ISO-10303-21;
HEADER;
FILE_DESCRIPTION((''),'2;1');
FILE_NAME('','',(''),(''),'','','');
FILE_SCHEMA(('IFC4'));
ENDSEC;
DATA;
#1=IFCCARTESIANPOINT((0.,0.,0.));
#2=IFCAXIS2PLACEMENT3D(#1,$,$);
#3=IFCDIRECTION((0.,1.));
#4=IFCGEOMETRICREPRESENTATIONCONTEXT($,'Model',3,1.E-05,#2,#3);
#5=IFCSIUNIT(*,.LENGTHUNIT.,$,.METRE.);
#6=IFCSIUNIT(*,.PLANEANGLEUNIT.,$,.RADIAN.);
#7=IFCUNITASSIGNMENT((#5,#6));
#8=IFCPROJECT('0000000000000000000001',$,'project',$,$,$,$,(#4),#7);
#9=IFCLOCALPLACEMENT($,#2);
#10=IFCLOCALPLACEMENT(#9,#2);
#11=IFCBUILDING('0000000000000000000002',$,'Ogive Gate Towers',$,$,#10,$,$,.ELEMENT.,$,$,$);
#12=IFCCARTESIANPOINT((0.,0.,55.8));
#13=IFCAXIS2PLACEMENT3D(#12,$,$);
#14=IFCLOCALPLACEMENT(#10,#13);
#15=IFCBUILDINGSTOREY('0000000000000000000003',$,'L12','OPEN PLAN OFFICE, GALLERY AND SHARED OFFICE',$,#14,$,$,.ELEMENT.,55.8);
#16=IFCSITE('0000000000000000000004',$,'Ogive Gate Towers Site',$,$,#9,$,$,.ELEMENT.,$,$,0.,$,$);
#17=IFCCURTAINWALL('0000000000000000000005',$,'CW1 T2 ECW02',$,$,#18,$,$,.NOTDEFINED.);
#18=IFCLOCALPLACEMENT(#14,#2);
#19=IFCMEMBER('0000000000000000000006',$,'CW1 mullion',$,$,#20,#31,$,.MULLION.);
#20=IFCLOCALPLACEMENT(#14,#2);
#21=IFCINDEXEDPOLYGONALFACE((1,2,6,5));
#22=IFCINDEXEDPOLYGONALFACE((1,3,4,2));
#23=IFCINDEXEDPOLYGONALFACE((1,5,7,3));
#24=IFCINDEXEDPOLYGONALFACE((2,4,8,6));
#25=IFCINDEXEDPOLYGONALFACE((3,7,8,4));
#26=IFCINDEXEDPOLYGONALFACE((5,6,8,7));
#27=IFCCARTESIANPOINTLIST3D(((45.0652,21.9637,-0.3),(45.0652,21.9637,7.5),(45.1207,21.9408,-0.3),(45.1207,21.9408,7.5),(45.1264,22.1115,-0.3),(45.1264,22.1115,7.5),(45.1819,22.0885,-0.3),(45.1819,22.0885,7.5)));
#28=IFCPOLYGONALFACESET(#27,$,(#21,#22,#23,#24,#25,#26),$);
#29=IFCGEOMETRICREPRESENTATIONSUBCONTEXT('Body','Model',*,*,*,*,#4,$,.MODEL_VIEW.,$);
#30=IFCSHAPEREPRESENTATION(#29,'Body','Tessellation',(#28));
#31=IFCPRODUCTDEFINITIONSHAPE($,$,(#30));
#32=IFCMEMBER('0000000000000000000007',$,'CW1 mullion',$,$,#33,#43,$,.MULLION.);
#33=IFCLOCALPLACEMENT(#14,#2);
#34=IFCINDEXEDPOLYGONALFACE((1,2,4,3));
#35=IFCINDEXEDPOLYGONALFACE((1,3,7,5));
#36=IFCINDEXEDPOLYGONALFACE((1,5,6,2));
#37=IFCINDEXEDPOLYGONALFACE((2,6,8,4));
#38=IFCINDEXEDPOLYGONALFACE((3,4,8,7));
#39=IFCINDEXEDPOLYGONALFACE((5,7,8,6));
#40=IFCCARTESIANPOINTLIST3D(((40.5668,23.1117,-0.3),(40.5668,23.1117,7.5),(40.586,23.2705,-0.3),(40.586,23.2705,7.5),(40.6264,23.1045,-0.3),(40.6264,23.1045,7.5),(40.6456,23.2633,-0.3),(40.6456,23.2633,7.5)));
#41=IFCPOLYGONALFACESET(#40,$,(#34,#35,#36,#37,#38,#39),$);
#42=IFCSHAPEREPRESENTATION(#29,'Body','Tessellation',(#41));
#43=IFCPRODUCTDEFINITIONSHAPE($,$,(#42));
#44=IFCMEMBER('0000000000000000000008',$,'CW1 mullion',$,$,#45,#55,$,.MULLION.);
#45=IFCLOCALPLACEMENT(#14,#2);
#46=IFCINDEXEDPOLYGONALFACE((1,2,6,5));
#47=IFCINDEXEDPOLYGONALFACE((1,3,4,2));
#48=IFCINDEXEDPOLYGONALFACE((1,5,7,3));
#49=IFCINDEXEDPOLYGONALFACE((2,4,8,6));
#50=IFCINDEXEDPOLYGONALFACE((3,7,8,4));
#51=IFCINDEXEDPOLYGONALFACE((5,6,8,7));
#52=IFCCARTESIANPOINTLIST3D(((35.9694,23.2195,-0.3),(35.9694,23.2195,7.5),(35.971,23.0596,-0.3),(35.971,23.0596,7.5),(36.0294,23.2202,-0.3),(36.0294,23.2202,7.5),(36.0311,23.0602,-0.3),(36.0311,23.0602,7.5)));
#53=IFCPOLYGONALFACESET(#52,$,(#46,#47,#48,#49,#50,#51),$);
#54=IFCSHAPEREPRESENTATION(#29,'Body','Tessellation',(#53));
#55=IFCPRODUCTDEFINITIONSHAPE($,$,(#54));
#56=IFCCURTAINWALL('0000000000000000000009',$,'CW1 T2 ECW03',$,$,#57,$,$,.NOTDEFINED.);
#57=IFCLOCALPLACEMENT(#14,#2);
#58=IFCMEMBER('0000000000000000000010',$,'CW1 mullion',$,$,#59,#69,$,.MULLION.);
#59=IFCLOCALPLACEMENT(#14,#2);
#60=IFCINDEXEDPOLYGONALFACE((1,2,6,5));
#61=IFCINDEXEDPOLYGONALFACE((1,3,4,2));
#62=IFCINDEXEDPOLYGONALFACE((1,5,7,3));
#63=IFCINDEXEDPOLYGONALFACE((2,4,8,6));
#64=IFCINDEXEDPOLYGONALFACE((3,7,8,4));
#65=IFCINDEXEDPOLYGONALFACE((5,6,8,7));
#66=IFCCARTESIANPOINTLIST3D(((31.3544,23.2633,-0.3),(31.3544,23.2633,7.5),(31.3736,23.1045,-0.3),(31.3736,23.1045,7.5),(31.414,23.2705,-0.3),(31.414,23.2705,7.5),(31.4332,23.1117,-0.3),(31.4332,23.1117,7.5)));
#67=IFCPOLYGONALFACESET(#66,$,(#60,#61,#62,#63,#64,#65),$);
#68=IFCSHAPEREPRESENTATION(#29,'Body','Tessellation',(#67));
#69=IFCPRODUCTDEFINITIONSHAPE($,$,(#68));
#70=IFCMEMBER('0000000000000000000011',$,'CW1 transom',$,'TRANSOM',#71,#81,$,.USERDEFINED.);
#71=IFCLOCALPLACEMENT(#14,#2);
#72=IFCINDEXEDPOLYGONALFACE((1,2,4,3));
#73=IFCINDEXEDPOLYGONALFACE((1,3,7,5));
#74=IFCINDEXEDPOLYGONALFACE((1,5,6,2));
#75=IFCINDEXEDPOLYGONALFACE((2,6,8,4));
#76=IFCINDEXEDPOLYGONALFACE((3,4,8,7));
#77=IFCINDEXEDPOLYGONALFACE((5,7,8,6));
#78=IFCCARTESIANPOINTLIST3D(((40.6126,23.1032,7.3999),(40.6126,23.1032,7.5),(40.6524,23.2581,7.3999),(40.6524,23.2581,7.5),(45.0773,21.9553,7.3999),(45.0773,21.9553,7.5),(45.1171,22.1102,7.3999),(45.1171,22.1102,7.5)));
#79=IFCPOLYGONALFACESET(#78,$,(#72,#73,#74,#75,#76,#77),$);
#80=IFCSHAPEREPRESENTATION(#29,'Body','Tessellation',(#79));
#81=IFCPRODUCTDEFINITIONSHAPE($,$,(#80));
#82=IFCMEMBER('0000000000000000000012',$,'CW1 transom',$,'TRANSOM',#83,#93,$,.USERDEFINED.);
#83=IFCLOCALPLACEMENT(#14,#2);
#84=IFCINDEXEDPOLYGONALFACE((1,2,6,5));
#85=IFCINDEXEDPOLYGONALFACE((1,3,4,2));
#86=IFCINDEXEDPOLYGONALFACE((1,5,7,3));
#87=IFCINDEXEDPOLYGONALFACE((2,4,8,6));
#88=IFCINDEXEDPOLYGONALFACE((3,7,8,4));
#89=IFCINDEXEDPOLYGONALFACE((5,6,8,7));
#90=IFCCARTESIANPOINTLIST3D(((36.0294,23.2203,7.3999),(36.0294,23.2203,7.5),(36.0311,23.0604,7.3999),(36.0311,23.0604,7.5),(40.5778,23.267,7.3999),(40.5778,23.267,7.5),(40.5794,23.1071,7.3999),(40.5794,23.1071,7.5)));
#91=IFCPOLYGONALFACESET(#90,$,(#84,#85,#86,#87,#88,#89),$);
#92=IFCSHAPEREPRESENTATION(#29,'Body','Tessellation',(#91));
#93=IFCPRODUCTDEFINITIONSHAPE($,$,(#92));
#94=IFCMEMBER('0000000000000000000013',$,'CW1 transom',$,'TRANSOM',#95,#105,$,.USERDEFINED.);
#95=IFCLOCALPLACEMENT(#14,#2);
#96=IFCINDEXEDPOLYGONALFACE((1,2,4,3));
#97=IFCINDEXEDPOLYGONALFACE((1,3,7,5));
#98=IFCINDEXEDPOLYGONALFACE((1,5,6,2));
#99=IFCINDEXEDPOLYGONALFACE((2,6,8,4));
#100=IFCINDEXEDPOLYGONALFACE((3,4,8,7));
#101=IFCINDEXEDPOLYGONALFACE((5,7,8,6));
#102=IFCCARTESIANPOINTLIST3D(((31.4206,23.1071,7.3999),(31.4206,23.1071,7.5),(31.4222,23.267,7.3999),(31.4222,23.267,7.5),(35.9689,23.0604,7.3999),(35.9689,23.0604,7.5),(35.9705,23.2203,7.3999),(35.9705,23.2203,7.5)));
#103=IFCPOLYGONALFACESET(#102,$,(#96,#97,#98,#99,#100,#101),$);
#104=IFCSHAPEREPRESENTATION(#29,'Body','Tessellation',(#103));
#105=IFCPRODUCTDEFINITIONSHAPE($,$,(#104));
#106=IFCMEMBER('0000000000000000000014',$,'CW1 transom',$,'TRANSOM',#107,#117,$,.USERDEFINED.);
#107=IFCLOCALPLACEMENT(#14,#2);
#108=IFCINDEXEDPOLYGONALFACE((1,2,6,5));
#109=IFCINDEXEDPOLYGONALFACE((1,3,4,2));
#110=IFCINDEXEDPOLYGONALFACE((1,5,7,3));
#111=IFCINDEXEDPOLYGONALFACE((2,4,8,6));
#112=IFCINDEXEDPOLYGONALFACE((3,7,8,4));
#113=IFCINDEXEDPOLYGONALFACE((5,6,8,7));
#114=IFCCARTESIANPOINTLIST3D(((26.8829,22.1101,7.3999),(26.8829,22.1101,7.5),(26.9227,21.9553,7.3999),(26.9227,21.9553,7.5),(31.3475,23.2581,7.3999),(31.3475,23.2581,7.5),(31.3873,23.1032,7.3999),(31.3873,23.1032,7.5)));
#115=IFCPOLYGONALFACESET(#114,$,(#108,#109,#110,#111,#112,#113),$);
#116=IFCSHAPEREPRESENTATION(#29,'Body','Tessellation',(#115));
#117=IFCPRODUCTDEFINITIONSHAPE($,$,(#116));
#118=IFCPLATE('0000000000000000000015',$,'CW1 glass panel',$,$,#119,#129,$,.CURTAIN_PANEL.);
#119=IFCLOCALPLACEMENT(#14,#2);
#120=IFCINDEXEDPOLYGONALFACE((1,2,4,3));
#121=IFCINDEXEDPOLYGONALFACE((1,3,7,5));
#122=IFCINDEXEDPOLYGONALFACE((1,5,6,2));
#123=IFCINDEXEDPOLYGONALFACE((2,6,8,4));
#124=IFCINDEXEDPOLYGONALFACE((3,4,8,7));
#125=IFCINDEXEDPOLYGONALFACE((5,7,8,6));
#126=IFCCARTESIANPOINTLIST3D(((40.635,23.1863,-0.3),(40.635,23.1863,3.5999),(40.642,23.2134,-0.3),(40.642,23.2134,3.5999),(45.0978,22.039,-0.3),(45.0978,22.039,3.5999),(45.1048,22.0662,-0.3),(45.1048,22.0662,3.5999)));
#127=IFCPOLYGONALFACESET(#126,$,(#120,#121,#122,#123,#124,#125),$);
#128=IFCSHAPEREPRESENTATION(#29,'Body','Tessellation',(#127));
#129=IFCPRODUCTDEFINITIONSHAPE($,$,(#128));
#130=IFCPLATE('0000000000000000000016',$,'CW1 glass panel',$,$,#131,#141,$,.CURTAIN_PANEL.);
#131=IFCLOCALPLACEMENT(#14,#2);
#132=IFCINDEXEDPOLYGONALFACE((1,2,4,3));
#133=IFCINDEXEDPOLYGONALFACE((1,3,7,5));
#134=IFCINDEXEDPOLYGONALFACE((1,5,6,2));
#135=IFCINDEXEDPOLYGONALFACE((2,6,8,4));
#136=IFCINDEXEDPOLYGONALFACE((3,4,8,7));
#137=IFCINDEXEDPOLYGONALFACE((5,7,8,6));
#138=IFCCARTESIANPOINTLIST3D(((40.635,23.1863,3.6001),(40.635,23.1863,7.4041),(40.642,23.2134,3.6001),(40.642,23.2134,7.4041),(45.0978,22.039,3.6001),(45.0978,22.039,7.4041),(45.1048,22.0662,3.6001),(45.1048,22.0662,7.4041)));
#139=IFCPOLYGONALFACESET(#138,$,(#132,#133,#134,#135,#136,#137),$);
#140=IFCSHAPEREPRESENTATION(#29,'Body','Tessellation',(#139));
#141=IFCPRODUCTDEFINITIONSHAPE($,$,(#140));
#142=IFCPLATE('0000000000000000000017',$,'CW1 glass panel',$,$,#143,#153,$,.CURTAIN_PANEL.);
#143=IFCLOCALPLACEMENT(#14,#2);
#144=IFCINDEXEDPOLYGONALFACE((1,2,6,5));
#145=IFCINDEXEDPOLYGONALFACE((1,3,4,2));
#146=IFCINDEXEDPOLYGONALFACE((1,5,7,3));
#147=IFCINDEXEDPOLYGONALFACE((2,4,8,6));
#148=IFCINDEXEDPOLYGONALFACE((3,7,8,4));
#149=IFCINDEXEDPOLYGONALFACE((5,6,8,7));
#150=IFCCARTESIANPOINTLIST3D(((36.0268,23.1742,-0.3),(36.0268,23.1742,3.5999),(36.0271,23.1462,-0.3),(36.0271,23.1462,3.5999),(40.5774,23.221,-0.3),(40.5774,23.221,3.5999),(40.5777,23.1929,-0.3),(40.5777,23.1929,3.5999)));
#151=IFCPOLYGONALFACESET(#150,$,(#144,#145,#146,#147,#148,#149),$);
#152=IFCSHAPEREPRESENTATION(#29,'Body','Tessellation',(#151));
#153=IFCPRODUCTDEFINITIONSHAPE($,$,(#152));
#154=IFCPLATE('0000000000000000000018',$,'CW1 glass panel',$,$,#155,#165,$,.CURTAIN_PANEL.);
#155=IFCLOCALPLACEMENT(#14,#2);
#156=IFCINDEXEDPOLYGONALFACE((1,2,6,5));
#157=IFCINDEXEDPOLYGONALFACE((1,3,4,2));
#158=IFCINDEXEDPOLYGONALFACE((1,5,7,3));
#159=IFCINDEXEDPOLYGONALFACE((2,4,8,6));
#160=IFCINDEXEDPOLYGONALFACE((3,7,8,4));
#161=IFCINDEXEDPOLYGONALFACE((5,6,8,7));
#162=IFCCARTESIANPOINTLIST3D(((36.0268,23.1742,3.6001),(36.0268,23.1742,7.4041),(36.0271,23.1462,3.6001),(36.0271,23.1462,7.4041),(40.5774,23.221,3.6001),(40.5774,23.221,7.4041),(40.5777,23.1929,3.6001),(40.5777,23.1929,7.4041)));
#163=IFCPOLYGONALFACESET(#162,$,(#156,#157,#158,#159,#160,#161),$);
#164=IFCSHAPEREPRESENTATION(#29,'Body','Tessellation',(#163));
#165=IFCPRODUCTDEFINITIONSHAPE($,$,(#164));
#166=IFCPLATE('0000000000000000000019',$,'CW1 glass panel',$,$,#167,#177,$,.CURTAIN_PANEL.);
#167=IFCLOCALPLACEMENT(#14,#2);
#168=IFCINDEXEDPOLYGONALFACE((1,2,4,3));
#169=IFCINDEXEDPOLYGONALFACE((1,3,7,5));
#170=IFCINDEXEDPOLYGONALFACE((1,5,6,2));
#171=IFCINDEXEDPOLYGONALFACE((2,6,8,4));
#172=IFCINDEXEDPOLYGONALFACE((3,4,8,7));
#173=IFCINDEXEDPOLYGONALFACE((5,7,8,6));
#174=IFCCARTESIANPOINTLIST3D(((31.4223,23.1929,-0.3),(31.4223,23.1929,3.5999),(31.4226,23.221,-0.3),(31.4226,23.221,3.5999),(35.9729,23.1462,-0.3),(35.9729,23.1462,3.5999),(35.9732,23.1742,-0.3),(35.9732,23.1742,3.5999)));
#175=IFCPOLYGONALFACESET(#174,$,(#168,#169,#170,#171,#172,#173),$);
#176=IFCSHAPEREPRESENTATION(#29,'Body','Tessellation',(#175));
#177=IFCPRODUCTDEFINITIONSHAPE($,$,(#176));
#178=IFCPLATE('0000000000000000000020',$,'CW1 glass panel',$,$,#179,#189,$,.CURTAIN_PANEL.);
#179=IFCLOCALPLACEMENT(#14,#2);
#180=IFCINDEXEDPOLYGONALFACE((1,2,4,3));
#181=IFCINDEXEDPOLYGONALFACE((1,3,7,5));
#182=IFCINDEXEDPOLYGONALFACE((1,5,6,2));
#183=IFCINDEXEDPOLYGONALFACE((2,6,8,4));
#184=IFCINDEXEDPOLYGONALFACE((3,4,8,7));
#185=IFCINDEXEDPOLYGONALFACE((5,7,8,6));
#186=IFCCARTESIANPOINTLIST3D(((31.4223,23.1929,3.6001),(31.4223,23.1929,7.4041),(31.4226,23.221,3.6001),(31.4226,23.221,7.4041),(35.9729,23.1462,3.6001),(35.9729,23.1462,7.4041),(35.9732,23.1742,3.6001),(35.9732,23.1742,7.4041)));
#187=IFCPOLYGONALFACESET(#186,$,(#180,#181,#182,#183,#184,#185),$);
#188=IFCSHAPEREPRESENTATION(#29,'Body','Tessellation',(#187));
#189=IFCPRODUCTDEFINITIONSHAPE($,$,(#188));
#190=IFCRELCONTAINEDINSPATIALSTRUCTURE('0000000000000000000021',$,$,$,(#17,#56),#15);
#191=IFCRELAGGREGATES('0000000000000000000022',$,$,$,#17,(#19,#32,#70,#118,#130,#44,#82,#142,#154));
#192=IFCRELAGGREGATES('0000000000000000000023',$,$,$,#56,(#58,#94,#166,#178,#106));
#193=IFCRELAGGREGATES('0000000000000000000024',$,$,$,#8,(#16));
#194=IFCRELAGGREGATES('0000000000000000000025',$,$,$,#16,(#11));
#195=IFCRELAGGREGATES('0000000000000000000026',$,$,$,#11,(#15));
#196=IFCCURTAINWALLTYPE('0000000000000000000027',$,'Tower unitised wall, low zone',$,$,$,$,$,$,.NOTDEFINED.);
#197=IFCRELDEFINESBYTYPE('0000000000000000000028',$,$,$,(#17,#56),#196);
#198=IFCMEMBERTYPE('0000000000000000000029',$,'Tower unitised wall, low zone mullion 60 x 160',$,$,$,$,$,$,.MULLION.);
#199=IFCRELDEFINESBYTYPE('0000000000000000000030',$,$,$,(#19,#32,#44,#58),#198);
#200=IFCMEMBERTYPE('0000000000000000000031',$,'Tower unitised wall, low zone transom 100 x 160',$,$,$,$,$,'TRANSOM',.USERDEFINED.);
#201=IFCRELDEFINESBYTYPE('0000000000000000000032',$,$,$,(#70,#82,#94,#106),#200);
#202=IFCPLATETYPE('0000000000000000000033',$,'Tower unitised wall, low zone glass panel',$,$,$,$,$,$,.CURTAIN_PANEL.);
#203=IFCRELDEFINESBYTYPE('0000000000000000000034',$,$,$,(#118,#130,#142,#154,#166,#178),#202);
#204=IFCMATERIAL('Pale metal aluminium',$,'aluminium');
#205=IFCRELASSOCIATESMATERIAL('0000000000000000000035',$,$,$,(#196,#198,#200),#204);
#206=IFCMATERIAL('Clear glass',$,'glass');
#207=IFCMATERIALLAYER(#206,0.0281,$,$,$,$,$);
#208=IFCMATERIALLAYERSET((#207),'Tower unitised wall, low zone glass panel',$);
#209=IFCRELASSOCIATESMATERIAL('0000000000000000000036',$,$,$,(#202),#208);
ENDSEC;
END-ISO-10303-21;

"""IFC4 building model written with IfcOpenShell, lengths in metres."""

from ifc_helpers import new_model, si_unit, direction, frame, origin, origin_2d, place, context, subcontext, project, spatial, rectangle, extrude, material, layer, layer_set, material_profile, profile_set, type_object, element, aggregate, save


model = new_model("IFC4")

# Units and contexts
model_context = context("Model", 3, precision=1e-05, world=origin(), true_north=direction((0.0, 1.0)))
body_context = subcontext(model_context, "Body", "Model", "MODEL_VIEW")
ifc_project = project(units=[si_unit("LENGTHUNIT", "METRE"), si_unit("PLANEANGLEUNIT", "RADIAN")], contexts=[model_context])

# Site, building, storey
site_placement = place(None, origin())
site = spatial("IfcSite", under=ifc_project, at=site_placement, Name="Ogive Gate Towers Site", CompositionType="ELEMENT", RefElevation=0.0)
building_placement = place(site_placement, origin())
building = spatial("IfcBuilding", under=site, at=building_placement, Name="Ogive Gate Towers", CompositionType="ELEMENT")
storey_placement = place(building_placement, frame((0.0, 0.0, 55.8)))
storey = spatial("IfcBuildingStorey", under=building, at=storey_placement, Name="L12", Description="OPEN PLAN OFFICE, GALLERY AND SHARED OFFICE", CompositionType="ELEMENT", Elevation=55.8)

# Curtain wall, members
ifc_material_1 = material(Name="Pale metal aluminium", Category="aluminium")
curtain_wall_type = type_object("IfcCurtainWallType", Name="Tower unitised wall, low zone", PredefinedType="NOTDEFINED", material=ifc_material_1)
curtain_wall_1_placement = place(storey_placement, origin())
curtain_wall_1 = element("IfcCurtainWall", 1, at=curtain_wall_1_placement, inside=storey, type_object=curtain_wall_type, Name="CW1 T2 ECW02", PredefinedType="NOTDEFINED")
ifc_material_profile_1 = material_profile(ifc_material_1, rectangle(XDim=0.1599, YDim=0.0601, at=origin_2d()), Name="60 x 160 aluminium box")
ifc_profile_set_1 = profile_set([ifc_material_profile_1], Name="Pale metal aluminium")
member_type_1 = type_object("IfcMemberType", Name="Tower unitised wall, low zone mullion 60 x 160", PredefinedType="MULLION", material=ifc_profile_set_1)
member_1_placement = place(storey_placement, frame((45.1235, 22.0261, -0.3), z_axis=(0.0, 0.0, 1.0), x_axis=(0.382683, 0.92388, 0.0)))
member_1 = element("IfcMember", 2, at=member_1_placement, type_object=member_type_1, Name="CW1 mullion", PredefinedType="MULLION", context=body_context, shape_type="SweptSolid", body=[
    extrude(rectangle(XDim=0.1599, YDim=0.0601, at=origin_2d()), origin(), (0.0, 0.0, 1.0), 7.8),
])
member_2_placement = place(storey_placement, frame((40.6062, 23.1875, -0.3), z_axis=(0.0, 0.0, 1.0), x_axis=(0.120379, 0.992728, 0.0)))
member_2 = element("IfcMember", 3, at=member_2_placement, type_object=member_type_1, Name="CW1 mullion", PredefinedType="MULLION", context=body_context, shape_type="SweptSolid", body=[
    extrude(rectangle(XDim=0.1599, YDim=0.0601, at=origin_2d()), origin(), (0.0, 0.0, 1.0), 7.8),
])
member_3_placement = place(storey_placement, frame((36.0002, 23.1399, -0.3), z_axis=(0.0, 0.0, 1.0), x_axis=(-0.01028, 0.999947, 0.0)))
member_3 = element("IfcMember", 4, at=member_3_placement, type_object=member_type_1, Name="CW1 mullion", PredefinedType="MULLION", context=body_context, shape_type="SweptSolid", body=[
    extrude(rectangle(XDim=0.1599, YDim=0.0601, at=origin_2d()), origin(), (0.0, 0.0, 1.0), 7.8),
])

# Curtain wall, member
curtain_wall_2_placement = place(storey_placement, origin())
curtain_wall_2 = element("IfcCurtainWall", 5, at=curtain_wall_2_placement, inside=storey, type_object=curtain_wall_type, Name="CW1 T2 ECW03", PredefinedType="NOTDEFINED")
member_4_placement = place(storey_placement, frame((31.3938, 23.1875, -0.3), z_axis=(0.0, 0.0, 1.0), x_axis=(-0.120379, 0.992728, 0.0)))
member_4 = element("IfcMember", 6, at=member_4_placement, type_object=member_type_1, Name="CW1 mullion", PredefinedType="MULLION", context=body_context, shape_type="SweptSolid", body=[
    extrude(rectangle(XDim=0.1599, YDim=0.0601, at=origin_2d()), origin(), (0.0, 0.0, 1.0), 7.8),
])

# Members
ifc_material_profile_2 = material_profile(ifc_material_1, rectangle(XDim=0.1599, YDim=0.1001, at=origin_2d()), Name="100 x 160 aluminium box")
ifc_profile_set_2 = profile_set([ifc_material_profile_2], Name="Pale metal aluminium")
member_type_2 = type_object("IfcMemberType", Name="Tower unitised wall, low zone transom 100 x 160", ElementType="TRANSOM", PredefinedType="USERDEFINED", material=ifc_profile_set_2)
member_5_placement = place(storey_placement, frame((45.0972, 22.0327, 7.45), z_axis=(-0.968498, 0.249023, 0.0), x_axis=(-0.249023, -0.968498, 0.0)))
member_5 = element("IfcMember", 7, at=member_5_placement, type_object=member_type_2, Name="CW1 transom", ObjectType="TRANSOM", PredefinedType="USERDEFINED", context=body_context, shape_type="SweptSolid", body=[
    extrude(rectangle(XDim=0.1599, YDim=0.1001, at=origin_2d()), origin(), (0.0, 0.0, 1.0), 4.6099),
])
member_6_placement = place(storey_placement, frame((40.5786, 23.187, 7.45), z_axis=(-0.999947, -0.010252, 0.0), x_axis=(0.010252, -0.999947, 0.0)))
member_6 = element("IfcMember", 8, at=member_6_placement, type_object=member_type_2, Name="CW1 transom", ObjectType="TRANSOM", PredefinedType="USERDEFINED", context=body_context, shape_type="SweptSolid", body=[
    extrude(rectangle(XDim=0.1599, YDim=0.1001, at=origin_2d()), origin(), (0.0, 0.0, 1.0), 4.5486),
])
member_7_placement = place(storey_placement, frame((35.9697, 23.1404, 7.45), z_axis=(-0.999947, 0.010252, 0.0), x_axis=(-0.010252, -0.999947, 0.0)))
member_7 = element("IfcMember", 9, at=member_7_placement, type_object=member_type_2, Name="CW1 transom", ObjectType="TRANSOM", PredefinedType="USERDEFINED", context=body_context, shape_type="SweptSolid", body=[
    extrude(rectangle(XDim=0.1599, YDim=0.1001, at=origin_2d()), origin(), (0.0, 0.0, 1.0), 4.5486),
])
member_8_placement = place(storey_placement, frame((31.3674, 23.1807, 7.45), z_axis=(-0.968498, -0.249023, 0.0), x_axis=(0.249023, -0.968498, 0.0)))
member_8 = element("IfcMember", 10, at=member_8_placement, type_object=member_type_2, Name="CW1 transom", ObjectType="TRANSOM", PredefinedType="USERDEFINED", context=body_context, shape_type="SweptSolid", body=[
    extrude(rectangle(XDim=0.1599, YDim=0.1001, at=origin_2d()), origin(), (0.0, 0.0, 1.0), 4.6099),
])

# Plates
ifc_material_2 = material(Name="Clear glass", Category="glass")
ifc_layer_1 = layer(ifc_material_2, 0.0281)
ifc_layer_set_1 = layer_set([ifc_layer_1], Name="Tower unitised wall, low zone glass panel")
plate_type = type_object("IfcPlateType", Name="Tower unitised wall, low zone glass panel", PredefinedType="CURTAIN_PANEL", material=ifc_layer_set_1)
plate_1_placement = place(storey_placement, frame((42.8699, 22.6262, -0.3), z_axis=(0.0, 0.0, 1.0), x_axis=(-0.968509, 0.248977, 0.0)))
plate_1 = element("IfcPlate", 11, at=plate_1_placement, type_object=plate_type, Name="CW1 glass panel", PredefinedType="CURTAIN_PANEL", context=body_context, shape_type="SweptSolid", body=[
    extrude(rectangle(XDim=4.6079, YDim=0.0281, at=origin_2d()), origin(), (0.0, 0.0, 1.0), 3.8999),
])
plate_2_placement = place(storey_placement, frame((42.8699, 22.6262, 3.6001), z_axis=(0.0, 0.0, 1.0), x_axis=(-0.968509, 0.248977, 0.0)))
plate_2 = element("IfcPlate", 12, at=plate_2_placement, type_object=plate_type, Name="CW1 glass panel", PredefinedType="CURTAIN_PANEL", context=body_context, shape_type="SweptSolid", body=[
    extrude(rectangle(XDim=4.6079, YDim=0.0281, at=origin_2d()), origin(), (0.0, 0.0, 1.0), 3.804),
])
plate_3_placement = place(storey_placement, frame((38.3022, 23.1836, -0.3), z_axis=(0.0, 0.0, 1.0), x_axis=(-0.999947, -0.01028, 0.0)))
plate_3 = element("IfcPlate", 13, at=plate_3_placement, type_object=plate_type, Name="CW1 glass panel", PredefinedType="CURTAIN_PANEL", context=body_context, shape_type="SweptSolid", body=[
    extrude(rectangle(XDim=4.5508, YDim=0.0281, at=origin_2d()), origin(), (0.0, 0.0, 1.0), 3.8999),
])
plate_4_placement = place(storey_placement, frame((38.3022, 23.1836, 3.6001), z_axis=(0.0, 0.0, 1.0), x_axis=(-0.999947, -0.01028, 0.0)))
plate_4 = element("IfcPlate", 14, at=plate_4_placement, type_object=plate_type, Name="CW1 glass panel", PredefinedType="CURTAIN_PANEL", context=body_context, shape_type="SweptSolid", body=[
    extrude(rectangle(XDim=4.5508, YDim=0.0281, at=origin_2d()), origin(), (0.0, 0.0, 1.0), 3.804),
])
aggregate(curtain_wall_1, [member_1, member_2, member_5, plate_1, plate_2, member_3, member_6, plate_3, plate_4])
plate_5_placement = place(storey_placement, frame((33.6978, 23.1836, -0.3), z_axis=(0.0, 0.0, 1.0), x_axis=(-0.999947, 0.01028, 0.0)))
plate_5 = element("IfcPlate", 15, at=plate_5_placement, type_object=plate_type, Name="CW1 glass panel", PredefinedType="CURTAIN_PANEL", context=body_context, shape_type="SweptSolid", body=[
    extrude(rectangle(XDim=4.5508, YDim=0.0281, at=origin_2d()), origin(), (0.0, 0.0, 1.0), 3.8999),
])
plate_6_placement = place(storey_placement, frame((33.6978, 23.1836, 3.6001), z_axis=(0.0, 0.0, 1.0), x_axis=(-0.999947, 0.01028, 0.0)))
plate_6 = element("IfcPlate", 16, at=plate_6_placement, type_object=plate_type, Name="CW1 glass panel", PredefinedType="CURTAIN_PANEL", context=body_context, shape_type="SweptSolid", body=[
    extrude(rectangle(XDim=4.5508, YDim=0.0281, at=origin_2d()), origin(), (0.0, 0.0, 1.0), 3.804),
])
aggregate(curtain_wall_2, [member_4, member_7, plate_5, plate_6, member_8])

save(model, "model.ifc")
